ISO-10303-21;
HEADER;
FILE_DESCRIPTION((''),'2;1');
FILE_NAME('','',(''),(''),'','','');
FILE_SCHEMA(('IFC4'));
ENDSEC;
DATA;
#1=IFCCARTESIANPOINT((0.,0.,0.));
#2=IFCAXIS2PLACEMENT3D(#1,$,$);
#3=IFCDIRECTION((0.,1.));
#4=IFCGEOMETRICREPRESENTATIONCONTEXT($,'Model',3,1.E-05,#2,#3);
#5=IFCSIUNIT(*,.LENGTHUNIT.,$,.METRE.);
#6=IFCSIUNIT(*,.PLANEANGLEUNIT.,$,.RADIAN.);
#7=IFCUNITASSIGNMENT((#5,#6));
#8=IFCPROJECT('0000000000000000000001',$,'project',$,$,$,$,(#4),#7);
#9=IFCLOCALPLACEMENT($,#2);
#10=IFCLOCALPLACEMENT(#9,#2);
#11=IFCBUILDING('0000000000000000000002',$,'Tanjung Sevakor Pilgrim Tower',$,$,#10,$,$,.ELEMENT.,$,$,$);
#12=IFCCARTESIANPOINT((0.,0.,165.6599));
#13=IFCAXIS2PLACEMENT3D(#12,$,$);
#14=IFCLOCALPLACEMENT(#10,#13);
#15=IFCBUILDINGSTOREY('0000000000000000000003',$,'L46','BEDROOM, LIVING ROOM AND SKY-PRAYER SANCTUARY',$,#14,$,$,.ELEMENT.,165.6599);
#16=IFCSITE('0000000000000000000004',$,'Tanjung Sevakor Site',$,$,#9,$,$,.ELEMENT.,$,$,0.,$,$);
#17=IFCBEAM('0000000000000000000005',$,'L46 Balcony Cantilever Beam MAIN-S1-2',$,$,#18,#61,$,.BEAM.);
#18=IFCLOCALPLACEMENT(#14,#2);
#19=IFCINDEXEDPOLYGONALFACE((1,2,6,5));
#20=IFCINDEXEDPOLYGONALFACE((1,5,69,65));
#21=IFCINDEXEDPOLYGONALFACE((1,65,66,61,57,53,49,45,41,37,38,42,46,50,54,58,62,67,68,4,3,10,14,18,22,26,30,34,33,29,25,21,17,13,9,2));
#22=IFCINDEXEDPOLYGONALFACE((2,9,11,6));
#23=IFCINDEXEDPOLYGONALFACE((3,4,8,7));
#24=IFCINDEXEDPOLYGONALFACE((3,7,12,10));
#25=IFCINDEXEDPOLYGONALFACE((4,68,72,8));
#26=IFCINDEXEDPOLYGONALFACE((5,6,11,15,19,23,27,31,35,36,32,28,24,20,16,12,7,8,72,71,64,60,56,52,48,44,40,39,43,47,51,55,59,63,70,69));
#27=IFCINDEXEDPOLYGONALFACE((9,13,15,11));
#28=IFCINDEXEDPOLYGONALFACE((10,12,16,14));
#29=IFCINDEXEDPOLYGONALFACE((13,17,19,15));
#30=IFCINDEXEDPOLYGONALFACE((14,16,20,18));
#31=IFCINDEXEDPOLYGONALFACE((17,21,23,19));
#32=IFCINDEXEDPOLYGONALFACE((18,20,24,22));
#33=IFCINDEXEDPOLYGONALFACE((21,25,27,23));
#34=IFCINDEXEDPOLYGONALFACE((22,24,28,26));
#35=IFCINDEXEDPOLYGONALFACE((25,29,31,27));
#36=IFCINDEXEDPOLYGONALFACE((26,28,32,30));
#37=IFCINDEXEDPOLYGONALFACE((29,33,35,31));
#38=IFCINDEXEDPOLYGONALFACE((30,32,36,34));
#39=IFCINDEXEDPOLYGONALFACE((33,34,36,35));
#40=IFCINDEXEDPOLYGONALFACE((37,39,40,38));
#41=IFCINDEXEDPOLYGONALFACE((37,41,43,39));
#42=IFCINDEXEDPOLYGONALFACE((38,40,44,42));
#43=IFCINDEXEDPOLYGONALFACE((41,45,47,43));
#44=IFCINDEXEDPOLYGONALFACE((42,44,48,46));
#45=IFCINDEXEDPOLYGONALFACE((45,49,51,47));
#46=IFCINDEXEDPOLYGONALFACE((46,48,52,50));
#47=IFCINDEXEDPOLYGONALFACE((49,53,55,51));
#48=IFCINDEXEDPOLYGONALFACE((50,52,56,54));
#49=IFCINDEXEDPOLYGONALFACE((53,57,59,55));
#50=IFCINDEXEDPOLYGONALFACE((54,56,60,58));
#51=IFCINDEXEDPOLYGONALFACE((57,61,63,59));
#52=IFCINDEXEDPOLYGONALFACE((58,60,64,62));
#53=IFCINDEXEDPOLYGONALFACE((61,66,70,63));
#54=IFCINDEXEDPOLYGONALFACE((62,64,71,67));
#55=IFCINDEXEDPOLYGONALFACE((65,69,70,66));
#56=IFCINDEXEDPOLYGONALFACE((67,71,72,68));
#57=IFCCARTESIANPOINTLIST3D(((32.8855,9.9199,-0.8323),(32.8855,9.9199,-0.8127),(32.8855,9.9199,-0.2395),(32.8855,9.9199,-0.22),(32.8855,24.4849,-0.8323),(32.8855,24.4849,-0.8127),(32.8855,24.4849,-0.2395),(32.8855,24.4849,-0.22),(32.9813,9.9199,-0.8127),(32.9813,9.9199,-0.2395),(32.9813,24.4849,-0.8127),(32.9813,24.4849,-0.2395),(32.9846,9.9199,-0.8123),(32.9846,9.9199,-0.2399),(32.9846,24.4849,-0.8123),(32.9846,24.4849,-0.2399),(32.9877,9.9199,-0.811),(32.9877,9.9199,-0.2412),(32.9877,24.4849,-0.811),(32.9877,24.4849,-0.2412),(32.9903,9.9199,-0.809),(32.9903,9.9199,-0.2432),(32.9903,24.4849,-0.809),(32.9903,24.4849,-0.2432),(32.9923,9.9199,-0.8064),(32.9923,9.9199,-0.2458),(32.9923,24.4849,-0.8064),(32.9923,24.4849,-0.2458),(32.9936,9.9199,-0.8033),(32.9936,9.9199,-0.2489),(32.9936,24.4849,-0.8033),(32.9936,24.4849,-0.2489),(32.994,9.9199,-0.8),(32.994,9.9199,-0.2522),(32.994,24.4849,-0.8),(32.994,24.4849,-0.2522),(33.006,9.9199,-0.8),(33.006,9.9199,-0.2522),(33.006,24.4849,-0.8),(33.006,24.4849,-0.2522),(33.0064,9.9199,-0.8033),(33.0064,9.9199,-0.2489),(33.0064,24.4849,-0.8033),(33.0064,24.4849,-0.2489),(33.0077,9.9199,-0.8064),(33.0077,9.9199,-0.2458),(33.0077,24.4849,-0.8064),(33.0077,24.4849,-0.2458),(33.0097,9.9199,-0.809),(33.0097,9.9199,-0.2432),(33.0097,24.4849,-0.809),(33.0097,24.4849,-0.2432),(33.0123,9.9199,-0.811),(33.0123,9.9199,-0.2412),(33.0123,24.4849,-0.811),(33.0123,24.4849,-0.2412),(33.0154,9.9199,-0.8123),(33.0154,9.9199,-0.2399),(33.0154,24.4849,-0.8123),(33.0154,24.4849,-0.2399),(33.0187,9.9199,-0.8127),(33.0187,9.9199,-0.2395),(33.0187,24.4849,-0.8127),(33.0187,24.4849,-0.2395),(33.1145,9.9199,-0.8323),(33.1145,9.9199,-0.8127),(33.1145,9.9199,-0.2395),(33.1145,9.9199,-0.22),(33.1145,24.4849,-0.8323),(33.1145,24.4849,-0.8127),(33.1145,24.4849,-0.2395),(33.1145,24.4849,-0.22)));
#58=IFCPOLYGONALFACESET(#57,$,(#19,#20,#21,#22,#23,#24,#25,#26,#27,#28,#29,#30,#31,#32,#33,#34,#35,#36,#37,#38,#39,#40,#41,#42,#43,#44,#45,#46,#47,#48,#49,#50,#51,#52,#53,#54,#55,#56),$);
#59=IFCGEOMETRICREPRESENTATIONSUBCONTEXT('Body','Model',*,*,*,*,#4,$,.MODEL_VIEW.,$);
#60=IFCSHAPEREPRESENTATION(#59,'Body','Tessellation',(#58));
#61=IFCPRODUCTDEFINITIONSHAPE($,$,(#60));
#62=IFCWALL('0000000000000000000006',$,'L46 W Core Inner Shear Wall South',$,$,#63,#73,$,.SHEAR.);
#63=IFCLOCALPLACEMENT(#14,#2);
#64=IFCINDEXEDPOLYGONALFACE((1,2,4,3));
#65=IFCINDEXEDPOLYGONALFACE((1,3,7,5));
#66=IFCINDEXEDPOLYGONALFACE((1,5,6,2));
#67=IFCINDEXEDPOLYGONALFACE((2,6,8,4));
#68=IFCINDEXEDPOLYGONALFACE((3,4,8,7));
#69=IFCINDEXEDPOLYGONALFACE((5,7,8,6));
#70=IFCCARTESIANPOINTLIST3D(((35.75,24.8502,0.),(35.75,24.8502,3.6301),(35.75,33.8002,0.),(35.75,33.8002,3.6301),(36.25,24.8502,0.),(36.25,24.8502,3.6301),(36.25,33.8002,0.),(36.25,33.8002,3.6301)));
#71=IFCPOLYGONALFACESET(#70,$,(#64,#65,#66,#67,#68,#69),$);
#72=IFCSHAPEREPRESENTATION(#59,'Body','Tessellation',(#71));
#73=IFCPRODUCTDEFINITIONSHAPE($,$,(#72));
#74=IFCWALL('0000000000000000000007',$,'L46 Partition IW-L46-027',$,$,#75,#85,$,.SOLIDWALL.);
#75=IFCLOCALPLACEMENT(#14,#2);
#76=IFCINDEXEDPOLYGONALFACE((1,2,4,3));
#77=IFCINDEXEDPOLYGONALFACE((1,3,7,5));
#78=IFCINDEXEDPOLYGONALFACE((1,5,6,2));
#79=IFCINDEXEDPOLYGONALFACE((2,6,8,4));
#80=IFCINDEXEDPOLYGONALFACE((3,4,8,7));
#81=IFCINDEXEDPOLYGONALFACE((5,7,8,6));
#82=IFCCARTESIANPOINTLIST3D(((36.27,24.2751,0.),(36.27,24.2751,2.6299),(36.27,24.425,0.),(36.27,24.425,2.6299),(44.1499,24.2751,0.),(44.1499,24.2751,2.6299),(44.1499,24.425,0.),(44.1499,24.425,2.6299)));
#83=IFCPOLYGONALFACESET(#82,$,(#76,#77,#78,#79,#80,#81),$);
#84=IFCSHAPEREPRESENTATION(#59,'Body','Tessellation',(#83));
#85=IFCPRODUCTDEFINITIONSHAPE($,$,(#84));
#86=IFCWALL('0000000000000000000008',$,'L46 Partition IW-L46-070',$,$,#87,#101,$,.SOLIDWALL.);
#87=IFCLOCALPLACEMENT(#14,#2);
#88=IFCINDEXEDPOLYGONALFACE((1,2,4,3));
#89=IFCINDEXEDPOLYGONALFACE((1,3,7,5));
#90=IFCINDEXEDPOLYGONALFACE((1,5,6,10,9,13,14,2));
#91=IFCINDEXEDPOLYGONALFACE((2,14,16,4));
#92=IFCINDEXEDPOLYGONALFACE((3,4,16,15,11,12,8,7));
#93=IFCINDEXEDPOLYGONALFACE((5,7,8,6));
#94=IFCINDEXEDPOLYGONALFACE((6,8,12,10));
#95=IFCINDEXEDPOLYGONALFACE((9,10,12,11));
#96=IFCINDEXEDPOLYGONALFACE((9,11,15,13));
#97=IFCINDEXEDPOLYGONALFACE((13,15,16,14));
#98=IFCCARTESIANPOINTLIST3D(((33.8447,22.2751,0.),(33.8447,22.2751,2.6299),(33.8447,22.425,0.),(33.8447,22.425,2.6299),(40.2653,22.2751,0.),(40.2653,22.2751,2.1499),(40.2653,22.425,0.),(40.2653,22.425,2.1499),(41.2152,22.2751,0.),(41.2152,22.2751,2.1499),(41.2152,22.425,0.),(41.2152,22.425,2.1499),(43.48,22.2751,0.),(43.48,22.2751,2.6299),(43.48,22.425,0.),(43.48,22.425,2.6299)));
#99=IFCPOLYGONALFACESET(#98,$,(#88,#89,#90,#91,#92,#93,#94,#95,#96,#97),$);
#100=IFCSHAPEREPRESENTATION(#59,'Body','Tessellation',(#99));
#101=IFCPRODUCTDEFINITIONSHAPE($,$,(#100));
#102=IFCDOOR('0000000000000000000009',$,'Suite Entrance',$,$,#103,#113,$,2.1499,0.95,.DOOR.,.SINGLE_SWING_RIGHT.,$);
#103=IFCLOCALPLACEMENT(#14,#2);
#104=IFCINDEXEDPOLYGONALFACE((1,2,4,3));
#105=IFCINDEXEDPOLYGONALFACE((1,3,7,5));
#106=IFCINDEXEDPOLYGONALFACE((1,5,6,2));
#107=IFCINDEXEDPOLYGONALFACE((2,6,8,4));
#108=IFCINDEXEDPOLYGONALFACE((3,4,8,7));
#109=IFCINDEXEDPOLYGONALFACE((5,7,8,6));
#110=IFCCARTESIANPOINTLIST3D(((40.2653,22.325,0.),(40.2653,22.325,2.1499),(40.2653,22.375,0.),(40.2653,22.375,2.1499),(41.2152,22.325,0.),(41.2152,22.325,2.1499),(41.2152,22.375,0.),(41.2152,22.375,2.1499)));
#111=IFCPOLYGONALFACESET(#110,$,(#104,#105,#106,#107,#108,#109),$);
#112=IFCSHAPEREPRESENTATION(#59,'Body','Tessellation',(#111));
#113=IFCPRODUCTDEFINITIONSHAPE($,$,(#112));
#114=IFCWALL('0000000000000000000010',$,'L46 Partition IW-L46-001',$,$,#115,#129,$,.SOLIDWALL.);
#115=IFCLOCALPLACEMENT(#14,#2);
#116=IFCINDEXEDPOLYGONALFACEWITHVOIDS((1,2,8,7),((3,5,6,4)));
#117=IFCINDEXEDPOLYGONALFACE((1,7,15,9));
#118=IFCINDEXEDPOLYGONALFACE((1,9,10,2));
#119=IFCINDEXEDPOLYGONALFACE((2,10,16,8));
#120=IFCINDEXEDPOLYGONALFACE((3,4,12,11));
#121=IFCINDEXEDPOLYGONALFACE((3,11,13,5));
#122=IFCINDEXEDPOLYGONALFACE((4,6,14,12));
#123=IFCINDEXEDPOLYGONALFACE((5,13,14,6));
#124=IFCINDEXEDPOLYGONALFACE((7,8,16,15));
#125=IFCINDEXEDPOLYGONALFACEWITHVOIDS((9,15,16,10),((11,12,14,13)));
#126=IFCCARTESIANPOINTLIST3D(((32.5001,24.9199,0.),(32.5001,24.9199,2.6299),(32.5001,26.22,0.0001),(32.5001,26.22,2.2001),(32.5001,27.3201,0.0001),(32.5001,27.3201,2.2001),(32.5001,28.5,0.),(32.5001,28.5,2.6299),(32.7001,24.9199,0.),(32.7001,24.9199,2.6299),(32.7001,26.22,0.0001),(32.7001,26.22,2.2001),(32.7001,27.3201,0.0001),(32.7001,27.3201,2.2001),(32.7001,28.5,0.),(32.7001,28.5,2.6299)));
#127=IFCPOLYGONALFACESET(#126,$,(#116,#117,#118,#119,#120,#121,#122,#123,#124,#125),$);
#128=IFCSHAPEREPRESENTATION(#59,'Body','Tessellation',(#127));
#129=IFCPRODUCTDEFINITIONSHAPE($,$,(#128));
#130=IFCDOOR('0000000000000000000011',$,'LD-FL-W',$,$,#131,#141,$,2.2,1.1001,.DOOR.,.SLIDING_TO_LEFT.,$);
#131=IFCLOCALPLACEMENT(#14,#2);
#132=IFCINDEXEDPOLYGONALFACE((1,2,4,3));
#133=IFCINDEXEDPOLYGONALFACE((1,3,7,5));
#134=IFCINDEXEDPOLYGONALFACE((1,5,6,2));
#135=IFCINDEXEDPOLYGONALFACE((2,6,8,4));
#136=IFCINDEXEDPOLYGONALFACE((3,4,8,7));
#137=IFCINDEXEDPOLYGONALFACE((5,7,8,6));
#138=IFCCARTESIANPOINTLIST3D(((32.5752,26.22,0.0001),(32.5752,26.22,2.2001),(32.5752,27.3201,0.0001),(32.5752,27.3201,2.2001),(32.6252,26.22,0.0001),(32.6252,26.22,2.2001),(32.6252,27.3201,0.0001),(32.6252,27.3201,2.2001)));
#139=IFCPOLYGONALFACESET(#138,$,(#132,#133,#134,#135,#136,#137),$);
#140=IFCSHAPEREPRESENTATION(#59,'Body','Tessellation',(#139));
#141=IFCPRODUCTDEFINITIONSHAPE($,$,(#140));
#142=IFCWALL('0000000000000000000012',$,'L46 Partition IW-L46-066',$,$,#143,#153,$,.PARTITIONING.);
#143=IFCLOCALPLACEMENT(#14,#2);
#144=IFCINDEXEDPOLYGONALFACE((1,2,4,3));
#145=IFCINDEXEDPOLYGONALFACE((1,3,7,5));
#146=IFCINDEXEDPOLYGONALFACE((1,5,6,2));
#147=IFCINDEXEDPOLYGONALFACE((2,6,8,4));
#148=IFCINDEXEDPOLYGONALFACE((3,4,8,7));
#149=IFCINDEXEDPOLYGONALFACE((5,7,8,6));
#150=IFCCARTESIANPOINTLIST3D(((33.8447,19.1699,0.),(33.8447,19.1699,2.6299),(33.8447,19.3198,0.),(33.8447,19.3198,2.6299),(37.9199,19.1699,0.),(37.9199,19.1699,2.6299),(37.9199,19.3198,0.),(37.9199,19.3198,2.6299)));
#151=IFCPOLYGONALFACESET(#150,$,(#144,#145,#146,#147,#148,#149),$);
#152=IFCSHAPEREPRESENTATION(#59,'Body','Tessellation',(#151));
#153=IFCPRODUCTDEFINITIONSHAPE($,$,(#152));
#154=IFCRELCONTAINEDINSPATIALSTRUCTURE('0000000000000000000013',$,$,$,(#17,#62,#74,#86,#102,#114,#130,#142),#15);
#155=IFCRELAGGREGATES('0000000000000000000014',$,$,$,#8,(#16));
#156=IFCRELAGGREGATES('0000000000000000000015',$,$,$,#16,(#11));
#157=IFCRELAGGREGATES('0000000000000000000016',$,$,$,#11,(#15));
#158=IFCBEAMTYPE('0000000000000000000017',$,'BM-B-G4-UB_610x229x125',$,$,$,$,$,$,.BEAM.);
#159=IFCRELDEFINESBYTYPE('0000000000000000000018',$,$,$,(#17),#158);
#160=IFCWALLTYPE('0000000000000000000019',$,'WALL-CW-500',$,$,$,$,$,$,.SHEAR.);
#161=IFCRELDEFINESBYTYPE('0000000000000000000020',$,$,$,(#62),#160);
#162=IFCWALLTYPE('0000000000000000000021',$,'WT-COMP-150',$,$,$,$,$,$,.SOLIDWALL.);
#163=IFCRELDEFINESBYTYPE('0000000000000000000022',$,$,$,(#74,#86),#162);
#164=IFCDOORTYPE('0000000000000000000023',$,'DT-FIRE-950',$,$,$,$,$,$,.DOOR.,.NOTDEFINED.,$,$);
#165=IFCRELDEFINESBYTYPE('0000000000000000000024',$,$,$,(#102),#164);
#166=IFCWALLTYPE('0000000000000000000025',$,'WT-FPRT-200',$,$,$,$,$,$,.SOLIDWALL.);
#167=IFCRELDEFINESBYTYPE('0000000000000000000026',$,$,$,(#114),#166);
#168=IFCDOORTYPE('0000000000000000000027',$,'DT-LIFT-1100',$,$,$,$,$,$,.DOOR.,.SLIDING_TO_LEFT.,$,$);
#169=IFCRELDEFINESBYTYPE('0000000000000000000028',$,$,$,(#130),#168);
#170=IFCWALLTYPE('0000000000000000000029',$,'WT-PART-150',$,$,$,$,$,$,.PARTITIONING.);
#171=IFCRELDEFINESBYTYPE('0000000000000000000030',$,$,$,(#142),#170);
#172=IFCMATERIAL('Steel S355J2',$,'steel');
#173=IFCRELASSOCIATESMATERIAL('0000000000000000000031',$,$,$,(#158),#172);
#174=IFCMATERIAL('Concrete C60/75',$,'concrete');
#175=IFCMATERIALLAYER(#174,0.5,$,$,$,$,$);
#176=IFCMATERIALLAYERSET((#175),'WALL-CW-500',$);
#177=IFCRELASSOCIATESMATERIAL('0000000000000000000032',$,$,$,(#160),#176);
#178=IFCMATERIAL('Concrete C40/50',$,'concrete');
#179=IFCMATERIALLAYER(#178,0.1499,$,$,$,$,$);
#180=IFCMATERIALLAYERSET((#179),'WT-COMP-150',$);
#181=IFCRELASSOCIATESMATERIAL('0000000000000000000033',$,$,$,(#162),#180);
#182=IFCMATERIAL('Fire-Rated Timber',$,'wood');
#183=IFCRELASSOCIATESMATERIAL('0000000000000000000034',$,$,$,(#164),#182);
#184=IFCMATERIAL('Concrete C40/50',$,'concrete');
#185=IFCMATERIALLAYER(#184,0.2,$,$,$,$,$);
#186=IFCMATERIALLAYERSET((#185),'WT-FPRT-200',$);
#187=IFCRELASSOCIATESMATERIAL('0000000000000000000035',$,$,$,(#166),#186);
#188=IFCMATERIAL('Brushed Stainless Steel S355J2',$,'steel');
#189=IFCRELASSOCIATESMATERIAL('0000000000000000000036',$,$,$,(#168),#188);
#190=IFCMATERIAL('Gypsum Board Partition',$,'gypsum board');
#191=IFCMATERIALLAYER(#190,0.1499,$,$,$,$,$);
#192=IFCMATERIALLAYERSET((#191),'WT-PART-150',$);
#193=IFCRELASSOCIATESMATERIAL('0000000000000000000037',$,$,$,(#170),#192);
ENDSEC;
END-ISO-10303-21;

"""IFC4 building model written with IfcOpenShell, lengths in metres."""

from ifc_helpers import new_model, si_unit, direction, frame, frame_2d, origin, origin_2d, place, context, subcontext, project, spatial, rectangle, i_section, extrude, material, layer, layer_set, material_profile, profile_set, type_object, element, fill, save


model = new_model("IFC4")

# Units and contexts
model_context = context("Model", 3, precision=1e-05, world=origin(), true_north=direction((0.0, 1.0)))
body_context = subcontext(model_context, "Body", "Model", "MODEL_VIEW")
ifc_project = project(units=[si_unit("LENGTHUNIT", "METRE"), si_unit("PLANEANGLEUNIT", "RADIAN")], contexts=[model_context])

# Site, building, storey
site_placement = place(None, origin())
site = spatial("IfcSite", under=ifc_project, at=site_placement, Name="Tanjung Sevakor Site", CompositionType="ELEMENT", RefElevation=0.0)
building_placement = place(site_placement, origin())
building = spatial("IfcBuilding", under=site, at=building_placement, Name="Tanjung Sevakor Pilgrim Tower", CompositionType="ELEMENT")
storey_placement = place(building_placement, frame((0.0, 0.0, 165.6599)))
storey = spatial("IfcBuildingStorey", under=building, at=storey_placement, Name="L46", Description="BEDROOM, LIVING ROOM AND SKY-PRAYER SANCTUARY", CompositionType="ELEMENT", Elevation=165.6599)

# Beam
ifc_material_1 = material(Name="Steel S355J2", Category="steel")
ifc_material_profile_1 = material_profile(ifc_material_1, i_section(OverallWidth=0.229, OverallDepth=0.6123, WebThickness=0.012, FlangeThickness=0.0195, FilletRadius=0.0127, at=origin_2d()))
ifc_profile_set_1 = profile_set([ifc_material_profile_1], Name="Steel S355J2")
beam_type_1 = type_object("IfcBeamType", Name="BM-B-G4-UB_610x229x125", PredefinedType="BEAM", material=ifc_profile_set_1)
for number, where, z_axis, x_axis, name in (
    (1, (33.0, 24.4849, -0.5261), (0.0, -1.0, 0.0), (1.0, 0.0, 0.0), "L46 Balcony Cantilever Beam MAIN-S1-2"),
):
    element("IfcBeam", number, at=place(storey_placement, frame(where, z_axis=z_axis, x_axis=x_axis)), inside=storey, type_object=beam_type_1, Name=name, PredefinedType="BEAM", context=body_context, shape_type="SweptSolid", body=[
        extrude(i_section(OverallWidth=0.229, OverallDepth=0.6123, WebThickness=0.012, FlangeThickness=0.0195, FilletRadius=0.0127, at=origin_2d()), origin(), (0.0, 0.0, 1.0), 14.5649),
    ])

# Wall
ifc_material_2 = material(Name="Concrete C60/75", Category="concrete")
ifc_layer_1 = layer(ifc_material_2, 0.5)
ifc_layer_set_1 = layer_set([ifc_layer_1], Name="WALL-CW-500")
wall_type_1 = type_object("IfcWallType", Name="WALL-CW-500", PredefinedType="SHEAR", material=ifc_layer_set_1)
wall_1_placement = place(storey_placement, frame((36.0, 24.8501, 0.0), z_axis=(0.0, 0.0, 1.0), x_axis=(0.0, 1.0, 0.0)))
element("IfcWall", 2, at=wall_1_placement, inside=storey, type_object=wall_type_1, Name="L46 W Core Inner Shear Wall South", PredefinedType="SHEAR", context=body_context, shape_type="SweptSolid", body=[
    extrude(rectangle(XDim=8.95, YDim=0.5, at=frame_2d((4.4751, 0.0))), origin(), (0.0, 0.0, 1.0), 3.6301),
])

# Wall
ifc_material_3 = material(Name="Concrete C40/50", Category="concrete")
ifc_layer_2 = layer(ifc_material_3, 0.1499)
ifc_layer_set_2 = layer_set([ifc_layer_2], Name="WT-COMP-150")
wall_type_2 = type_object("IfcWallType", Name="WT-COMP-150", PredefinedType="SOLIDWALL", material=ifc_layer_set_2)
wall_2_placement = place(storey_placement, frame((36.27, 24.3501, 0.0), z_axis=(0.0, 0.0, 1.0), x_axis=(1.0, 0.0, 0.0)))
element("IfcWall", 3, at=wall_2_placement, inside=storey, type_object=wall_type_2, Name="L46 Partition IW-L46-027", PredefinedType="SOLIDWALL", context=body_context, shape_type="SweptSolid", body=[
    extrude(rectangle(XDim=7.8799, YDim=0.1499, at=frame_2d((3.9399, 0.0))), origin(), (0.0, 0.0, 1.0), 2.6299),
])

# Walls, openings, doors
wall_3_placement = place(storey_placement, frame((33.8447, 22.3501, 0.0), z_axis=(0.0, 0.0, 1.0), x_axis=(1.0, 0.0, 0.0)))
wall_3 = element("IfcWall", 4, at=wall_3_placement, inside=storey, type_object=wall_type_2, Name="L46 Partition IW-L46-070", PredefinedType="SOLIDWALL", context=body_context, shape_type="SweptSolid", body=[
    extrude(rectangle(XDim=9.6353, YDim=0.1499, at=frame_2d((4.8176, 0.0))), origin(), (0.0, 0.0, 1.0), 2.6299),
])
opening_1_placement = place(wall_3_placement, frame((6.4204, 0.0, 0.0)))
opening_1 = element("IfcOpeningElement", 5, at=opening_1_placement, cuts=wall_3, PredefinedType="OPENING", context=body_context, shape_type="SweptSolid", body=[
    extrude(rectangle(XDim=0.95, YDim=2.1499, at=frame_2d((0.4751, 1.075))), frame((0.0, 0.085, 0.0), z_axis=(0.0, -1.0, 0.0), x_axis=(1.0, 0.0, 0.0)), (0.0, 0.0, 1.0), 0.1699),
])
ifc_material_4 = material(Name="Fire-Rated Timber", Category="wood")
door_type_1 = type_object("IfcDoorType", Name="DT-FIRE-950", OperationType="NOTDEFINED", PredefinedType="DOOR", material=ifc_material_4)
door_1_placement = place(opening_1_placement, origin())
door_1 = element("IfcDoor", 6, at=door_1_placement, inside=storey, type_object=door_type_1, Name="Suite Entrance", OperationType="SINGLE_SWING_RIGHT", OverallHeight=2.1499, OverallWidth=0.95, PredefinedType="DOOR", context=body_context, shape_type="SweptSolid", body=[
    extrude(rectangle(XDim=0.95, YDim=2.1499, at=frame_2d((0.4751, 1.075))), frame((0.0, 0.0249, 0.0), z_axis=(0.0, -1.0, 0.0), x_axis=(1.0, 0.0, 0.0)), (0.0, 0.0, 1.0), 0.05),
])
fill(opening_1, door_1)
ifc_material_5 = material(Name="Concrete C40/50", Category="concrete")
ifc_layer_3 = layer(ifc_material_5, 0.2)
ifc_layer_set_3 = layer_set([ifc_layer_3], Name="WT-FPRT-200")
wall_type_3 = type_object("IfcWallType", Name="WT-FPRT-200", PredefinedType="SOLIDWALL", material=ifc_layer_set_3)
wall_4_placement = place(storey_placement, frame((32.6001, 24.9199, 0.0), z_axis=(0.0, 0.0, 1.0), x_axis=(0.0, 1.0, 0.0)))
wall_4 = element("IfcWall", 7, at=wall_4_placement, inside=storey, type_object=wall_type_3, Name="L46 Partition IW-L46-001", PredefinedType="SOLIDWALL", context=body_context, shape_type="SweptSolid", body=[
    extrude(rectangle(XDim=3.5801, YDim=0.2, at=frame_2d((1.79, 0.0))), origin(), (0.0, 0.0, 1.0), 2.6299),
])
opening_2_placement = place(wall_4_placement, frame((1.3, 0.0, 0.0)))
opening_2 = element("IfcOpeningElement", 8, at=opening_2_placement, cuts=wall_4, PredefinedType="OPENING", context=body_context, shape_type="SweptSolid", body=[
    extrude(rectangle(XDim=1.1001, YDim=2.2, at=frame_2d((0.55, 1.1001))), frame((0.0, 0.1099, 0.0), z_axis=(0.0, -1.0, 0.0), x_axis=(1.0, 0.0, 0.0)), (0.0, 0.0, 1.0), 0.22),
])
ifc_material_6 = material(Name="Brushed Stainless Steel S355J2", Category="steel")
door_type_2 = type_object("IfcDoorType", Name="DT-LIFT-1100", OperationType="SLIDING_TO_LEFT", PredefinedType="DOOR", material=ifc_material_6)
door_2_placement = place(opening_2_placement, origin())
door_2 = element("IfcDoor", 9, at=door_2_placement, inside=storey, type_object=door_type_2, Name="LD-FL-W", OperationType="SLIDING_TO_LEFT", OverallHeight=2.2, OverallWidth=1.1001, PredefinedType="DOOR", context=body_context, shape_type="SweptSolid", body=[
    extrude(rectangle(XDim=1.1001, YDim=2.2, at=frame_2d((0.55, 1.1001))), frame((0.0, 0.0249, 0.0), z_axis=(0.0, -1.0, 0.0), x_axis=(1.0, 0.0, 0.0)), (0.0, 0.0, 1.0), 0.05),
])
fill(opening_2, door_2)

# Wall
ifc_material_7 = material(Name="Gypsum Board Partition", Category="gypsum board")
ifc_layer_4 = layer(ifc_material_7, 0.1499)
ifc_layer_set_4 = layer_set([ifc_layer_4], Name="WT-PART-150")
wall_type_4 = type_object("IfcWallType", Name="WT-PART-150", PredefinedType="PARTITIONING", material=ifc_layer_set_4)
wall_5_placement = place(storey_placement, frame((33.8447, 19.2449, 0.0), z_axis=(0.0, 0.0, 1.0), x_axis=(1.0, 0.0, 0.0)))
element("IfcWall", 10, at=wall_5_placement, inside=storey, type_object=wall_type_4, Name="L46 Partition IW-L46-066", PredefinedType="PARTITIONING", context=body_context, shape_type="SweptSolid", body=[
    extrude(rectangle(XDim=4.0752, YDim=0.1499, at=frame_2d((2.0376, 0.0))), origin(), (0.0, 0.0, 1.0), 2.6299),
])

save(model, "model.ifc")
